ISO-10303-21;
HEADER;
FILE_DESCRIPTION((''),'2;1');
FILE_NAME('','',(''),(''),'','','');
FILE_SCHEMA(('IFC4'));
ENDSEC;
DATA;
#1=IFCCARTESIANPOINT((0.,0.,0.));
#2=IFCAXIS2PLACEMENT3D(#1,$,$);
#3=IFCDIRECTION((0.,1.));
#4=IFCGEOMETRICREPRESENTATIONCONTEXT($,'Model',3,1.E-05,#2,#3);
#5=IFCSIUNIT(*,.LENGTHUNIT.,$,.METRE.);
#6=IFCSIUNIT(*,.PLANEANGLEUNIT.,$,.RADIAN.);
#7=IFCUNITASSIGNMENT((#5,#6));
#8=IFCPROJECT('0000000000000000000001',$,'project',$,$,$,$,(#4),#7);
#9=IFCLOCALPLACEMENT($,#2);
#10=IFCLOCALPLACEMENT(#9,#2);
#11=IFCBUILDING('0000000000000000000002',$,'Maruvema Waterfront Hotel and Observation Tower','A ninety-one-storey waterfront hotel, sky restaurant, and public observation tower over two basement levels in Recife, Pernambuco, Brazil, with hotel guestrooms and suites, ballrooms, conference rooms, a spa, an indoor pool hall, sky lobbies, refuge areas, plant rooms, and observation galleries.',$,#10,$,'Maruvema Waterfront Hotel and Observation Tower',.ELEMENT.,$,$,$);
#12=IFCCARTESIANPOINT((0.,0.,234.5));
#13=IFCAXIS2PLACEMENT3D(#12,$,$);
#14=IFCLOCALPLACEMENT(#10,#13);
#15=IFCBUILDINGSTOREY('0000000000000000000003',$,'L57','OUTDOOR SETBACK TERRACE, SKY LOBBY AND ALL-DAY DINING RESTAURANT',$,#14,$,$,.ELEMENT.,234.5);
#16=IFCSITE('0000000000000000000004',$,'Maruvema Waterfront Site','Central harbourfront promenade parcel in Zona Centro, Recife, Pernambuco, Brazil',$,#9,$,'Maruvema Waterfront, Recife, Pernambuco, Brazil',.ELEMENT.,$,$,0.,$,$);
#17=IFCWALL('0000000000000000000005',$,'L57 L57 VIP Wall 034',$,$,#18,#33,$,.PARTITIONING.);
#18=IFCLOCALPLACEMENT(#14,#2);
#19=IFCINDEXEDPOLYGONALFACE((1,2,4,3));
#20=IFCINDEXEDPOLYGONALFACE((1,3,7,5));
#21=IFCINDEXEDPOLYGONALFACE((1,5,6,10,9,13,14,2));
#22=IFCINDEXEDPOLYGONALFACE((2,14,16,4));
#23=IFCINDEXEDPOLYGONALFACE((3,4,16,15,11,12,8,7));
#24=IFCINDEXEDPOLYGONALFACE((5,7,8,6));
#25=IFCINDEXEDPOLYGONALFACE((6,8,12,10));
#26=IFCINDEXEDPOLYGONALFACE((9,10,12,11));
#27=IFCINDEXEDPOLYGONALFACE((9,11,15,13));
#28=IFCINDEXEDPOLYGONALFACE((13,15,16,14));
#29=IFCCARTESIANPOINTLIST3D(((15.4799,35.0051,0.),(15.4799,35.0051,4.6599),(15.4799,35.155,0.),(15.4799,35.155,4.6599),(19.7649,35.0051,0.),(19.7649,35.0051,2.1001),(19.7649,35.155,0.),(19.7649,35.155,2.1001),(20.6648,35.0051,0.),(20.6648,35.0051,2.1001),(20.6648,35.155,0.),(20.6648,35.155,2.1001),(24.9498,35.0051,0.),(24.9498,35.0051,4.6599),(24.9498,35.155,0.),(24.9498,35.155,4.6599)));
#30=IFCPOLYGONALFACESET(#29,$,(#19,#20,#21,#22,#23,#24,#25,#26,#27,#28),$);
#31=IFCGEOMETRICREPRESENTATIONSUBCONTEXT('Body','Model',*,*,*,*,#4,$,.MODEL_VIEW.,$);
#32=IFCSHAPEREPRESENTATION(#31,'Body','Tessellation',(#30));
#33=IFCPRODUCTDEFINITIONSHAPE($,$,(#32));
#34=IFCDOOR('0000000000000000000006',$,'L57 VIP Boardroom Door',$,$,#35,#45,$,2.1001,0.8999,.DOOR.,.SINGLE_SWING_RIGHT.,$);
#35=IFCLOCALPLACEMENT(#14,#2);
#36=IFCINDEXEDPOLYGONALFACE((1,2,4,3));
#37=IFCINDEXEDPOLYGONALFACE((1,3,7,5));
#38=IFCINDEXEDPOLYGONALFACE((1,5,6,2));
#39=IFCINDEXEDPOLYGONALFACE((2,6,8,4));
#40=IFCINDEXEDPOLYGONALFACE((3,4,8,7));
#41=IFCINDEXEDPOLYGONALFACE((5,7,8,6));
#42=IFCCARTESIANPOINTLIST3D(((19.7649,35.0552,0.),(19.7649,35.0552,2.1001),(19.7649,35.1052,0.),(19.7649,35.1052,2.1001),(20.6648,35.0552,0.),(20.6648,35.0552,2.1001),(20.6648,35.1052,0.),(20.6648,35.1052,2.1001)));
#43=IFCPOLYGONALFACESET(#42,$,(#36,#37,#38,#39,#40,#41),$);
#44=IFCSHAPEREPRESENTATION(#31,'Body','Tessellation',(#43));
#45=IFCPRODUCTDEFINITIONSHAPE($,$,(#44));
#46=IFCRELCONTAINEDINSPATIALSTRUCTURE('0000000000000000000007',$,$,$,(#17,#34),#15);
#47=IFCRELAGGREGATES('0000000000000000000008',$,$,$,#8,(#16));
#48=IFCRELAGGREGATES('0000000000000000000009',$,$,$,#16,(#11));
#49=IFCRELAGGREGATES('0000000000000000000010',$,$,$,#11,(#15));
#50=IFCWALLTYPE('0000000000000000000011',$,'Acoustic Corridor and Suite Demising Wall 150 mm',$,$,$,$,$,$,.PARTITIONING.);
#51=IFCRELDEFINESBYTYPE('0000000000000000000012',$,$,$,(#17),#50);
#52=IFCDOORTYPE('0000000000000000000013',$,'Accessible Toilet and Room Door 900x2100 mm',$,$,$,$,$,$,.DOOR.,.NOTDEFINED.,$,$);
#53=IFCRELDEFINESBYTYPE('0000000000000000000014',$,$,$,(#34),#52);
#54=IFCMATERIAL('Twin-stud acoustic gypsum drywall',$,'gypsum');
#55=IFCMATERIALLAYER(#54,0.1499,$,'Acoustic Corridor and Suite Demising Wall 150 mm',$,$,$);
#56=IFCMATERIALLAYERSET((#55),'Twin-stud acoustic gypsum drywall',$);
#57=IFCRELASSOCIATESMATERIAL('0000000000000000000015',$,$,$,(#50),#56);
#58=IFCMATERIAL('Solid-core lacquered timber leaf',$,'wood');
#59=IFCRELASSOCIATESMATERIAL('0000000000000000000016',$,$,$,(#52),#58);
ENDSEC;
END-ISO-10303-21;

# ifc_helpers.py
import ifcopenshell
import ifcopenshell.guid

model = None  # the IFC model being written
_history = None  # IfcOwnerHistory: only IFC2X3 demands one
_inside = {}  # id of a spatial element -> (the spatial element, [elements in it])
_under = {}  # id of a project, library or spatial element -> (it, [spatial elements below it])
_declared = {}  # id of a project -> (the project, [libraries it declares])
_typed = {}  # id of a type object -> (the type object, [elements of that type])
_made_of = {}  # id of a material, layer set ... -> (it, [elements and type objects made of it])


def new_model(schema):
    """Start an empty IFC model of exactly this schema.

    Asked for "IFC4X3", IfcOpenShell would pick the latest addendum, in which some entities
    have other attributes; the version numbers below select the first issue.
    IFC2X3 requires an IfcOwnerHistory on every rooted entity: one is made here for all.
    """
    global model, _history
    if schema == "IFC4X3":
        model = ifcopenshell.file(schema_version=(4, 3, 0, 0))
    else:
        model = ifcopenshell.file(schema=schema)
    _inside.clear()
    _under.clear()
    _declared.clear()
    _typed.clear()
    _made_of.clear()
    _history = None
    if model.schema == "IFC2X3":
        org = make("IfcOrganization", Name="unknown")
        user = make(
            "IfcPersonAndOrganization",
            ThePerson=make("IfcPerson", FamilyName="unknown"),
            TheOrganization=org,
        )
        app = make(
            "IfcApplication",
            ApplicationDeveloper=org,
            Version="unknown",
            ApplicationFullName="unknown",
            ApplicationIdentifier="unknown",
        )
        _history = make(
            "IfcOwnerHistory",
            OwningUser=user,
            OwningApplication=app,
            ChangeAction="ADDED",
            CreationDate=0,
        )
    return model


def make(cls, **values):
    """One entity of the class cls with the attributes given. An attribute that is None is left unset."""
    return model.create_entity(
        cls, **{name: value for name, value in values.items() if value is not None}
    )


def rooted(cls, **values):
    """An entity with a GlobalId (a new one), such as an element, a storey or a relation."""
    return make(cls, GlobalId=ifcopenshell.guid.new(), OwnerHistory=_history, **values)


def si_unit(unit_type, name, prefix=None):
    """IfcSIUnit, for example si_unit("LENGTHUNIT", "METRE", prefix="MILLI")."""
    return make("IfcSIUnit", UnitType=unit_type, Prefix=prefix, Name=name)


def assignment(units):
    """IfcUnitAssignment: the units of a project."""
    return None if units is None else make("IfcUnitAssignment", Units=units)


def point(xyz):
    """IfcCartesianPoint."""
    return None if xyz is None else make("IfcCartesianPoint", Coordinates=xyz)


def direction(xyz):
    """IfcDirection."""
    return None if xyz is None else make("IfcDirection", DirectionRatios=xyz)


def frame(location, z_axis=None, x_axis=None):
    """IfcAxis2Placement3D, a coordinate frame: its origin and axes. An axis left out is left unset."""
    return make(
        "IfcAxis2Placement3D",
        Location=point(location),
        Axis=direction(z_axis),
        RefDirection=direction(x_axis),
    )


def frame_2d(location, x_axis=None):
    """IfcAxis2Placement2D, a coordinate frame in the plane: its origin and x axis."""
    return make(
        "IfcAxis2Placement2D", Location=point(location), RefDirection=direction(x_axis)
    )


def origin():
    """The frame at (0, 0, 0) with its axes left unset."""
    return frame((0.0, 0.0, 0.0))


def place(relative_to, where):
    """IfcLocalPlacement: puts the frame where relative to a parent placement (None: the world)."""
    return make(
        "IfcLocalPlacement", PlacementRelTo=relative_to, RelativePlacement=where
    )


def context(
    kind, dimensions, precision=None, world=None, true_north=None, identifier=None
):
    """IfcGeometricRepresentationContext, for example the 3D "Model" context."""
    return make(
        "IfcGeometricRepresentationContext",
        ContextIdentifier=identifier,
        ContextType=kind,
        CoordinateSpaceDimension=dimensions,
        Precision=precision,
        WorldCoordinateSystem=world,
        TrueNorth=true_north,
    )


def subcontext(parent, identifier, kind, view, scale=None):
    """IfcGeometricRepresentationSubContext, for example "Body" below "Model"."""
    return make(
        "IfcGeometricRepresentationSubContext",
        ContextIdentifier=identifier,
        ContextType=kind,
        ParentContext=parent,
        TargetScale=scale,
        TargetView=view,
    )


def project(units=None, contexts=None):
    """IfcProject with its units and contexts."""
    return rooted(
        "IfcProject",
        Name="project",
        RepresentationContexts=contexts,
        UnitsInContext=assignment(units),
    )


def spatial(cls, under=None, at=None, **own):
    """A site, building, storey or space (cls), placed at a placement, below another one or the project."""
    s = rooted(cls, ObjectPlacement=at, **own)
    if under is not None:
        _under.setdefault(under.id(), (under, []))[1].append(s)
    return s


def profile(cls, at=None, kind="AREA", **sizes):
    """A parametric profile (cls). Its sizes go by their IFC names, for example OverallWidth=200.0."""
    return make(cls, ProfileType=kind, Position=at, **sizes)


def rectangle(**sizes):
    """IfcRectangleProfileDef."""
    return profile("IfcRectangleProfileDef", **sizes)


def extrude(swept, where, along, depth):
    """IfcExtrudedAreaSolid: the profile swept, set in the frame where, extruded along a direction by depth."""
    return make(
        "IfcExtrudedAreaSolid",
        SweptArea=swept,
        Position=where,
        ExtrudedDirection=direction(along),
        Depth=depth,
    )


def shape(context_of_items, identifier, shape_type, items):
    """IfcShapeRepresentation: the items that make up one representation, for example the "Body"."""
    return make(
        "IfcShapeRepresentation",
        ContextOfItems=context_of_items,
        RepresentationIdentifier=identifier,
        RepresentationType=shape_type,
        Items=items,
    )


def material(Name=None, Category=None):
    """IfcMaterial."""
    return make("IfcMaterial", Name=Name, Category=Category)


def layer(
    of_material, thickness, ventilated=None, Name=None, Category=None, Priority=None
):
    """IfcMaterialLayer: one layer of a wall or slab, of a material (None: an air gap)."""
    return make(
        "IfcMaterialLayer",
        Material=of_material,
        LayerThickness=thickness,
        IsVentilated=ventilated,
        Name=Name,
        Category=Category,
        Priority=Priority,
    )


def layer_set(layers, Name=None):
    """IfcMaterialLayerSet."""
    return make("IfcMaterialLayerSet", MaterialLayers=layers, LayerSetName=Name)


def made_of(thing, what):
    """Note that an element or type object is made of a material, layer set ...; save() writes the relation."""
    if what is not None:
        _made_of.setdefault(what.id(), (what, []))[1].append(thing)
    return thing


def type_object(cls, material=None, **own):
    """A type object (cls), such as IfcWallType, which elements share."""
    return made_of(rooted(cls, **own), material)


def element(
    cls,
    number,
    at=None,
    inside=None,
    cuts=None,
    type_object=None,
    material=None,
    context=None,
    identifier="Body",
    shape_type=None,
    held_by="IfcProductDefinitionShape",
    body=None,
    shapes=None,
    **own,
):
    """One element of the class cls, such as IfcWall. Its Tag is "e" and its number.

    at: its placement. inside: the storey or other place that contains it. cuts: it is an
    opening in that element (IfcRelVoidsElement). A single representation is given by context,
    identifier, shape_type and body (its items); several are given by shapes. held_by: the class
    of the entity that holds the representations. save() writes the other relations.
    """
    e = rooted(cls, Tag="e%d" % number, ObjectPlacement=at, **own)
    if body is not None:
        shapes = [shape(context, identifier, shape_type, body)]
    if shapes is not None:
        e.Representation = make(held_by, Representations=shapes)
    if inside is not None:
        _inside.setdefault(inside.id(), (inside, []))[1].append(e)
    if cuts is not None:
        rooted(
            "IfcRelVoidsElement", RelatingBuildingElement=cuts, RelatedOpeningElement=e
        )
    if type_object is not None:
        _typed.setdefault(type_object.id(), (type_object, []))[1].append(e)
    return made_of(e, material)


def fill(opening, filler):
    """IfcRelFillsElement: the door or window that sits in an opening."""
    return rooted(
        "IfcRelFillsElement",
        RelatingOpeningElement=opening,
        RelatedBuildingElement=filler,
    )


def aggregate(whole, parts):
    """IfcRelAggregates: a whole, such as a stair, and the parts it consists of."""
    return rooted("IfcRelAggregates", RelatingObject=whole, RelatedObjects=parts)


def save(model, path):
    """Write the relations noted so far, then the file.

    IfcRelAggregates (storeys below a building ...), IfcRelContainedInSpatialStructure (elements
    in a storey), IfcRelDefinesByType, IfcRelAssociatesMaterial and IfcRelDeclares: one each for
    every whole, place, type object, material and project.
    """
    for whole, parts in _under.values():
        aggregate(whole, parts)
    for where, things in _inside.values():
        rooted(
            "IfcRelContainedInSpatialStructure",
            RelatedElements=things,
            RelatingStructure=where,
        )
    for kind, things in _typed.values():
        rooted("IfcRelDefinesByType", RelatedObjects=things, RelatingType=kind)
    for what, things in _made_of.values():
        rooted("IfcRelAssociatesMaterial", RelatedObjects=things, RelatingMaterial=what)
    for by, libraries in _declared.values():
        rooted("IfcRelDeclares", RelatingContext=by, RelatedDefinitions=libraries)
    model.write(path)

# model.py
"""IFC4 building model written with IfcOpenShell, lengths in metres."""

from ifc_helpers import new_model, si_unit, direction, frame, frame_2d, origin, place, context, subcontext, project, spatial, rectangle, extrude, material, layer, layer_set, type_object, element, fill, save


model = new_model("IFC4")

# Units and contexts
model_context = context("Model", 3, precision=1e-05, world=origin(), true_north=direction((0.0, 1.0)))
body_context = subcontext(model_context, "Body", "Model", "MODEL_VIEW")
ifc_project = project(units=[si_unit("LENGTHUNIT", "METRE"), si_unit("PLANEANGLEUNIT", "RADIAN")], contexts=[model_context])

# Site, building, storey
site_placement = place(None, origin())
site = spatial("IfcSite", under=ifc_project, at=site_placement, Name="Maruvema Waterfront Site", Description="Central harbourfront promenade parcel in Zona Centro, Recife, Pernambuco, Brazil", LongName="Maruvema Waterfront, Recife, Pernambuco, Brazil", CompositionType="ELEMENT", RefElevation=0.0)
building_placement = place(site_placement, origin())
building = spatial("IfcBuilding", under=site, at=building_placement, Name="Maruvema Waterfront Hotel and Observation Tower", Description="A ninety-one-storey waterfront hotel, sky restaurant, and public observation tower over two basement levels in Recife, Pernambuco, Brazil, with hotel guestrooms and suites, ballrooms, conference rooms, a spa, an indoor pool hall, sky lobbies, refuge areas, plant rooms, and observation galleries.", LongName="Maruvema Waterfront Hotel and Observation Tower", CompositionType="ELEMENT")
storey_placement = place(building_placement, frame((0.0, 0.0, 234.5)))
storey = spatial("IfcBuildingStorey", under=building, at=storey_placement, Name="L57", Description="OUTDOOR SETBACK TERRACE, SKY LOBBY AND ALL-DAY DINING RESTAURANT", CompositionType="ELEMENT", Elevation=234.5)

# Wall, opening, door
ifc_material_1 = material(Name="Twin-stud acoustic gypsum drywall", Category="gypsum")
ifc_layer_1 = layer(ifc_material_1, 0.1499, Name="Acoustic Corridor and Suite Demising Wall 150 mm")
ifc_layer_set_1 = layer_set([ifc_layer_1], Name="Twin-stud acoustic gypsum drywall")
wall_type = type_object("IfcWallType", Name="Acoustic Corridor and Suite Demising Wall 150 mm", PredefinedType="PARTITIONING", material=ifc_layer_set_1)
wall_1_placement = place(storey_placement, frame((15.48, 35.0801, 0.0), z_axis=(0.0, 0.0, 1.0), x_axis=(1.0, 0.0, 0.0)))
wall_1 = element("IfcWall", 1, at=wall_1_placement, inside=storey, type_object=wall_type, Name="L57 L57 VIP Wall 034", PredefinedType="PARTITIONING", context=body_context, shape_type="SweptSolid", body=[
    extrude(rectangle(XDim=9.47, YDim=0.1499, at=frame_2d((4.7349, 0.0))), origin(), (0.0, 0.0, 1.0), 4.6599),
])
opening_1_placement = place(wall_1_placement, frame((4.2849, 0.0, 0.0)))
opening_1 = element("IfcOpeningElement", 2, at=opening_1_placement, cuts=wall_1, PredefinedType="OPENING", context=body_context, shape_type="SweptSolid", body=[
    extrude(rectangle(XDim=0.8999, YDim=2.1001, at=frame_2d((0.45, 1.05))), frame((0.0, 0.085, 0.0), z_axis=(0.0, -1.0, 0.0), x_axis=(1.0, 0.0, 0.0)), (0.0, 0.0, 1.0), 0.1699),
])
ifc_material_2 = material(Name="Solid-core lacquered timber leaf", Category="wood")
door_type_1 = type_object("IfcDoorType", Name="Accessible Toilet and Room Door 900x2100 mm", OperationType="NOTDEFINED", PredefinedType="DOOR", material=ifc_material_2)
door_1_placement = place(opening_1_placement, frame((0.8999, 0.0, 0.0), z_axis=(0.0, 0.0, 1.0), x_axis=(-1.0, 0.0, 0.0)))
door_1 = element("IfcDoor", 3, at=door_1_placement, inside=storey, type_object=door_type_1, Name="L57 VIP Boardroom Door", OperationType="SINGLE_SWING_RIGHT", OverallHeight=2.1001, OverallWidth=0.8999, PredefinedType="DOOR", context=body_context, shape_type="SweptSolid", body=[
    extrude(rectangle(XDim=0.8999, YDim=2.1001, at=frame_2d((0.45, 1.05))), frame((0.0, 0.0249, 0.0), z_axis=(0.0, -1.0, 0.0), x_axis=(1.0, 0.0, 0.0)), (0.0, 0.0, 1.0), 0.05),
])
fill(opening_1, door_1)

save(model, "model.ifc")
